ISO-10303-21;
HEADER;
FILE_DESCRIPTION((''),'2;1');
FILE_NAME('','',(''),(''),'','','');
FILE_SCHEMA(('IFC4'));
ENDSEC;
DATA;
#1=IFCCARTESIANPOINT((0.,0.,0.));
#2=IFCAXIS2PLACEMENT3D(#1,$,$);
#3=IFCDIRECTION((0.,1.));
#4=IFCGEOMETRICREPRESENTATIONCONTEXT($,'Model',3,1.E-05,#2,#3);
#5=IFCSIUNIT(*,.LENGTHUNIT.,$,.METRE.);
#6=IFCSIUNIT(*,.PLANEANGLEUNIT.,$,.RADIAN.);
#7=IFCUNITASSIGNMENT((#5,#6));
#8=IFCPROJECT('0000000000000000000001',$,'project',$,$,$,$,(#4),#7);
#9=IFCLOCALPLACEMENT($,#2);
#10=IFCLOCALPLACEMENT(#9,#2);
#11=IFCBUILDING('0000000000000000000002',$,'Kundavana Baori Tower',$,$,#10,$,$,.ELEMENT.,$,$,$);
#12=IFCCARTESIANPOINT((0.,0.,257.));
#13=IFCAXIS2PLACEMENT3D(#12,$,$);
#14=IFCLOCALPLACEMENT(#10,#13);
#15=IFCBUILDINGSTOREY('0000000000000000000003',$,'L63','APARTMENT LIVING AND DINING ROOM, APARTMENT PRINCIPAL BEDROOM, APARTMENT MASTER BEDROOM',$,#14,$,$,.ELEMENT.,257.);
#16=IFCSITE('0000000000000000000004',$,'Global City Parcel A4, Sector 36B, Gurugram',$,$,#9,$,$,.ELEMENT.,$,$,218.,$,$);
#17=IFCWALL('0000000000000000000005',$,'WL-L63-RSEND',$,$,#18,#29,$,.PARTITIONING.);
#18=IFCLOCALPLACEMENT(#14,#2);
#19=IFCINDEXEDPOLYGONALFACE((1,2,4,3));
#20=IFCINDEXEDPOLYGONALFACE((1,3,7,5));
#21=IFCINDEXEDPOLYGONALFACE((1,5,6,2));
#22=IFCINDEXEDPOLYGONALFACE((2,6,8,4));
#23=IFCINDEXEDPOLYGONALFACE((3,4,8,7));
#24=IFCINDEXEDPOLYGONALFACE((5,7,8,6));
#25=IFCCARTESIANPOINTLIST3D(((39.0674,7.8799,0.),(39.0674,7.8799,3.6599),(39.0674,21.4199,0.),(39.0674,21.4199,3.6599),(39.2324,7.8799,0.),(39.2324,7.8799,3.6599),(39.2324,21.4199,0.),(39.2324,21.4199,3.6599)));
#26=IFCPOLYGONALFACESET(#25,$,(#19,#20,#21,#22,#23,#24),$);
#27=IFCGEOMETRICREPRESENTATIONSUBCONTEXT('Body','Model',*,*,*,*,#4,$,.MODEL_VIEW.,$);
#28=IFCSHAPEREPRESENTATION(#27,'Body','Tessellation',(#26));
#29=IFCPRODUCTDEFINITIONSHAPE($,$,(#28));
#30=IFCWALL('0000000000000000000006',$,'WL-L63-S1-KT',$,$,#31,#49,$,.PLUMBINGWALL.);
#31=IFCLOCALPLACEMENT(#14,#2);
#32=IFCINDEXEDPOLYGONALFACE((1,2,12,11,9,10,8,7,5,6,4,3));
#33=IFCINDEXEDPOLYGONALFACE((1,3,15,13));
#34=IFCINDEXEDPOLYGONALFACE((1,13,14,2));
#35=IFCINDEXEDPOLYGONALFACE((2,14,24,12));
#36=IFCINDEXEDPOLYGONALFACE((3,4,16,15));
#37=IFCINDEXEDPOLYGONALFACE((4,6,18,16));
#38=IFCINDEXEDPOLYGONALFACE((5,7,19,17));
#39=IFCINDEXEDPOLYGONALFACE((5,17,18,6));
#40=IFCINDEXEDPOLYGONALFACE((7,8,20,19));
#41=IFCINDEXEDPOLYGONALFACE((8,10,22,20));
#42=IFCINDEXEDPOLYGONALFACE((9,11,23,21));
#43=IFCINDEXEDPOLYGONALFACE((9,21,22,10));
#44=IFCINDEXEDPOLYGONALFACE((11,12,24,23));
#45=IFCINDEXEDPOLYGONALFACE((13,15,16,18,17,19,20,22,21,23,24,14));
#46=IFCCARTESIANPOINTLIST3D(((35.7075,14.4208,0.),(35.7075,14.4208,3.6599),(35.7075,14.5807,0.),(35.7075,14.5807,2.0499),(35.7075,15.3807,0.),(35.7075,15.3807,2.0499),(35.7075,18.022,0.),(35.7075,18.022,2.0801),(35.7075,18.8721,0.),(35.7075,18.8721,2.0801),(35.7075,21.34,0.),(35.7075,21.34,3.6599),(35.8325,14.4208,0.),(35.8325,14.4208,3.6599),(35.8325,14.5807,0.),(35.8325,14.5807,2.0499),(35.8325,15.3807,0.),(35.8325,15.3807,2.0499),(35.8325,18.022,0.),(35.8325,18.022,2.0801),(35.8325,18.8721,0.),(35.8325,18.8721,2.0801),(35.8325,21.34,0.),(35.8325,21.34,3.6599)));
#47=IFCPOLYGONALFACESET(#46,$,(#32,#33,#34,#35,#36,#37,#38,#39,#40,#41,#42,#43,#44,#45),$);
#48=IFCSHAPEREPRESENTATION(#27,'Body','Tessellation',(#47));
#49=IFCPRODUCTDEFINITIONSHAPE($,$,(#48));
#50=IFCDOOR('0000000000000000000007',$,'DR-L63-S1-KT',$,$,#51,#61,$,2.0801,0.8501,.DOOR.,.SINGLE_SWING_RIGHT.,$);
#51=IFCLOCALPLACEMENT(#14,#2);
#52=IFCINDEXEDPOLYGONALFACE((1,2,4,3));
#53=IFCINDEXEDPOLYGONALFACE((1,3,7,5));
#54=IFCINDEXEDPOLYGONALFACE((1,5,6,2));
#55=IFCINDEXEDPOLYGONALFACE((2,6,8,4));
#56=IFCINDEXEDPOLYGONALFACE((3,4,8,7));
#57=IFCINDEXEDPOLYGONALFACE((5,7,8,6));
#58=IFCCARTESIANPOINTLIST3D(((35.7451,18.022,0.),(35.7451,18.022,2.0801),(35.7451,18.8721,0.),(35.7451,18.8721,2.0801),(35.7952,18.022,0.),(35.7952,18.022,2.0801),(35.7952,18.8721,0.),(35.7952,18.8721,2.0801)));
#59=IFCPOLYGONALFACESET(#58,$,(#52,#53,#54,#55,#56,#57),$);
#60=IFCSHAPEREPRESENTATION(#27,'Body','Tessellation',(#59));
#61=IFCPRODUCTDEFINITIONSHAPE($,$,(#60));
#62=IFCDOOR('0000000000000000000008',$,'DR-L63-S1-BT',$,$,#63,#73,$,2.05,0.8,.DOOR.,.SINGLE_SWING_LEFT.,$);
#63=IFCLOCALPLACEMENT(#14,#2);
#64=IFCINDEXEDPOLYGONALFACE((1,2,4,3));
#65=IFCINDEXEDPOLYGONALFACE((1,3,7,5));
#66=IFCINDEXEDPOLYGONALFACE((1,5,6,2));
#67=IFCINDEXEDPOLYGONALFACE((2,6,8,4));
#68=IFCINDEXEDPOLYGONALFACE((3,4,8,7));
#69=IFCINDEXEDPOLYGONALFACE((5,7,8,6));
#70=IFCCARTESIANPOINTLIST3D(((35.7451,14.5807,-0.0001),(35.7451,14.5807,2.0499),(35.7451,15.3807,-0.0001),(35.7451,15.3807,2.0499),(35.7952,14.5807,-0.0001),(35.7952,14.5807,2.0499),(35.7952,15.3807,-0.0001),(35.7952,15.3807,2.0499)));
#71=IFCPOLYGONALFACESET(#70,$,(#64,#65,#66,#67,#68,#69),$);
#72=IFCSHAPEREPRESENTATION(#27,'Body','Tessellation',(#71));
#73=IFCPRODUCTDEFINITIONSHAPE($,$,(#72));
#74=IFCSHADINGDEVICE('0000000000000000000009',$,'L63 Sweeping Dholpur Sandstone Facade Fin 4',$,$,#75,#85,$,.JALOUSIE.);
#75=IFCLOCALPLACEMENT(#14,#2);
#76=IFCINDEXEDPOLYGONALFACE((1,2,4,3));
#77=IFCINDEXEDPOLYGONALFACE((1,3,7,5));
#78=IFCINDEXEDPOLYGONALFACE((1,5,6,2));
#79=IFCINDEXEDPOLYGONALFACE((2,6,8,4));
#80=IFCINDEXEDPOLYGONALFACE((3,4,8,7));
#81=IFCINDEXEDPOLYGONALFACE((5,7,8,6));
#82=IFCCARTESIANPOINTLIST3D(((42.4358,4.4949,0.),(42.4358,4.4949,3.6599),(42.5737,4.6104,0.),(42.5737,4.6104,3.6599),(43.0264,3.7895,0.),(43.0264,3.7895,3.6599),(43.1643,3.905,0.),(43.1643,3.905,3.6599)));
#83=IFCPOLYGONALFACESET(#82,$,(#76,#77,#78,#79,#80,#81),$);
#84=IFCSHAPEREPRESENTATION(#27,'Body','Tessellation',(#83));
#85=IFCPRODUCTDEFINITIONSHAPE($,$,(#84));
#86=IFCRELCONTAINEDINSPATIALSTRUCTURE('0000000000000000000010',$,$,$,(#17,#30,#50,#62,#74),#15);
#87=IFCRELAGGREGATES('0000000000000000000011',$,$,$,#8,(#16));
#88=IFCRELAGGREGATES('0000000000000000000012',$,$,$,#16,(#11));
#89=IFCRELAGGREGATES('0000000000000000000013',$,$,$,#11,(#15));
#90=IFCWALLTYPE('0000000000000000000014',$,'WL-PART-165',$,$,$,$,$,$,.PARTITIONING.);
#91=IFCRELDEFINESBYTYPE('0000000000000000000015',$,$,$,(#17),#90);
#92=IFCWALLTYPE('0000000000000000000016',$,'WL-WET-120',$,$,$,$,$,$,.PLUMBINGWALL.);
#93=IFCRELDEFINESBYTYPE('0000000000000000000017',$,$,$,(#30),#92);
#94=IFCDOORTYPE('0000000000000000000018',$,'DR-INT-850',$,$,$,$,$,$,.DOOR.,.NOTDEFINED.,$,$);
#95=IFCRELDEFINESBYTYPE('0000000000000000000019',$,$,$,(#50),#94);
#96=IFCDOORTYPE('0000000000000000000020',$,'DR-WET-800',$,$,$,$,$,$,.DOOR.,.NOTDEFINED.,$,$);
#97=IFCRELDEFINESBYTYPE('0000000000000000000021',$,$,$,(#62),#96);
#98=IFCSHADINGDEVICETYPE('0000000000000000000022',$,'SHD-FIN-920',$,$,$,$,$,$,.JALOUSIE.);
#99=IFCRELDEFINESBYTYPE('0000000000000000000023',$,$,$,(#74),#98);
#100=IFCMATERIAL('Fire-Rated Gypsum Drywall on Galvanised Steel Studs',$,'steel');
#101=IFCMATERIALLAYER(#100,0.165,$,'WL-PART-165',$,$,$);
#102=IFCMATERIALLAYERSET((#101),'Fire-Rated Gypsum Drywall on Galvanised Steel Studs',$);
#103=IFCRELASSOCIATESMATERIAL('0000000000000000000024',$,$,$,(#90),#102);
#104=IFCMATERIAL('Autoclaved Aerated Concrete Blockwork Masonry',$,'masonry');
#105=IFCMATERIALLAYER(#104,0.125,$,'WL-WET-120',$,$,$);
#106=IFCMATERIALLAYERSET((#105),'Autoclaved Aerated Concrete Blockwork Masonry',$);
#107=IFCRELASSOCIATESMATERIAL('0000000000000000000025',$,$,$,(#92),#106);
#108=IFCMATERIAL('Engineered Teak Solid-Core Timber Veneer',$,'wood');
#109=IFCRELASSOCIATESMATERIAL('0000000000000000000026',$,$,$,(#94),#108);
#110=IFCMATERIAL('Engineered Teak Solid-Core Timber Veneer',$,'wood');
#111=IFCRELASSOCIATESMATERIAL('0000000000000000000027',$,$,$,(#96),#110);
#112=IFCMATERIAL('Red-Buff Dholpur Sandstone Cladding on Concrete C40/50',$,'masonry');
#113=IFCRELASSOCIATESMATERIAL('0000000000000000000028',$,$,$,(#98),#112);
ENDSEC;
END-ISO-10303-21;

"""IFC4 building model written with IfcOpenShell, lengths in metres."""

from ifc_helpers import new_model, si_unit, direction, frame, frame_2d, origin, origin_2d, place, context, subcontext, project, spatial, rectangle, extrude, material, layer, layer_set, type_object, element, fill, save


model = new_model("IFC4")

# Units and contexts
model_context = context("Model", 3, precision=1e-05, world=origin(), true_north=direction((0.0, 1.0)))
body_context = subcontext(model_context, "Body", "Model", "MODEL_VIEW")
ifc_project = project(units=[si_unit("LENGTHUNIT", "METRE"), si_unit("PLANEANGLEUNIT", "RADIAN")], contexts=[model_context])

# Site, building, storey
site_placement = place(None, origin())
site = spatial("IfcSite", under=ifc_project, at=site_placement, Name="Global City Parcel A4, Sector 36B, Gurugram", CompositionType="ELEMENT", RefElevation=218.0)
building_placement = place(site_placement, origin())
building = spatial("IfcBuilding", under=site, at=building_placement, Name="Kundavana Baori Tower", CompositionType="ELEMENT")
storey_placement = place(building_placement, frame((0.0, 0.0, 257.0)))
storey = spatial("IfcBuildingStorey", under=building, at=storey_placement, Name="L63", Description="APARTMENT LIVING AND DINING ROOM, APARTMENT PRINCIPAL BEDROOM, APARTMENT MASTER BEDROOM", CompositionType="ELEMENT", Elevation=257.0)

# Wall
ifc_material_1 = material(Name="Fire-Rated Gypsum Drywall on Galvanised Steel Studs", Category="steel")
ifc_layer_1 = layer(ifc_material_1, 0.165, Name="WL-PART-165")
ifc_layer_set_1 = layer_set([ifc_layer_1], Name="Fire-Rated Gypsum Drywall on Galvanised Steel Studs")
wall_type_1 = type_object("IfcWallType", Name="WL-PART-165", PredefinedType="PARTITIONING", material=ifc_layer_set_1)
wall_1_placement = place(storey_placement, frame((39.1499, 7.8799, 0.0), z_axis=(0.0, 0.0, 1.0), x_axis=(0.0, 1.0, 0.0)))
element("IfcWall", 1, at=wall_1_placement, inside=storey, type_object=wall_type_1, Name="WL-L63-RSEND", PredefinedType="PARTITIONING", context=body_context, shape_type="SweptSolid", body=[
    extrude(rectangle(XDim=13.54, YDim=0.165, at=frame_2d((6.77, 0.0))), origin(), (0.0, 0.0, 1.0), 3.6599),
])

# Wall, openings, doors
ifc_material_2 = material(Name="Autoclaved Aerated Concrete Blockwork Masonry", Category="masonry")
ifc_layer_2 = layer(ifc_material_2, 0.125, Name="WL-WET-120")
ifc_layer_set_2 = layer_set([ifc_layer_2], Name="Autoclaved Aerated Concrete Blockwork Masonry")
wall_type_2 = type_object("IfcWallType", Name="WL-WET-120", PredefinedType="PLUMBINGWALL", material=ifc_layer_set_2)
wall_2_placement = place(storey_placement, frame((35.77, 14.4209, 0.0), z_axis=(0.0, 0.0, 1.0), x_axis=(0.0, 1.0, 0.0)))
wall_2 = element("IfcWall", 2, at=wall_2_placement, inside=storey, type_object=wall_type_2, Name="WL-L63-S1-KT", PredefinedType="PLUMBINGWALL", context=body_context, shape_type="SweptSolid", body=[
    extrude(rectangle(XDim=6.9192, YDim=0.125, at=frame_2d((3.4595, 0.0))), origin(), (0.0, 0.0, 1.0), 3.6599),
])
opening_1_placement = place(wall_2_placement, frame((0.1599, 0.0, 0.0)))
opening_1 = element("IfcOpeningElement", 3, at=opening_1_placement, cuts=wall_2, PredefinedType="OPENING", context=body_context, shape_type="SweptSolid", body=[
    extrude(rectangle(XDim=0.8, YDim=2.05, at=frame_2d((0.3999, 1.0249))), frame((0.0, 0.0725, 0.0), z_axis=(0.0, -1.0, 0.0), x_axis=(1.0, 0.0, 0.0)), (0.0, 0.0, 1.0), 0.145),
])
opening_2_placement = place(wall_2_placement, frame((3.6011, 0.0, 0.0)))
opening_2 = element("IfcOpeningElement", 4, at=opening_2_placement, cuts=wall_2, PredefinedType="OPENING", context=body_context, shape_type="SweptSolid", body=[
    extrude(rectangle(XDim=0.8501, YDim=2.0801, at=frame_2d((0.425, 1.04))), frame((0.0, 0.0725, 0.0), z_axis=(0.0, -1.0, 0.0), x_axis=(1.0, 0.0, 0.0)), (0.0, 0.0, 1.0), 0.145),
])
ifc_material_3 = material(Name="Engineered Teak Solid-Core Timber Veneer", Category="wood")
door_type_1 = type_object("IfcDoorType", Name="DR-INT-850", OperationType="NOTDEFINED", PredefinedType="DOOR", material=ifc_material_3)
door_1_placement = place(opening_2_placement, origin())
door_1 = element("IfcDoor", 5, at=door_1_placement, inside=storey, type_object=door_type_1, Name="DR-L63-S1-KT", OperationType="SINGLE_SWING_RIGHT", OverallHeight=2.0801, OverallWidth=0.8501, PredefinedType="DOOR", context=body_context, shape_type="SweptSolid", body=[
    extrude(rectangle(XDim=0.8501, YDim=2.0801, at=frame_2d((0.425, 1.04))), frame((0.0, 0.0249, 0.0), z_axis=(0.0, -1.0, 0.0), x_axis=(1.0, 0.0, 0.0)), (0.0, 0.0, 1.0), 0.05),
])
fill(opening_2, door_1)
ifc_material_4 = material(Name="Engineered Teak Solid-Core Timber Veneer", Category="wood")
door_type_2 = type_object("IfcDoorType", Name="DR-WET-800", OperationType="NOTDEFINED", PredefinedType="DOOR", material=ifc_material_4)
door_2_placement = place(opening_1_placement, origin())
door_2 = element("IfcDoor", 6, at=door_2_placement, inside=storey, type_object=door_type_2, Name="DR-L63-S1-BT", OperationType="SINGLE_SWING_LEFT", OverallHeight=2.05, OverallWidth=0.8, PredefinedType="DOOR", context=body_context, shape_type="SweptSolid", body=[
    extrude(rectangle(XDim=0.8, YDim=2.05, at=frame_2d((0.3999, 1.0249))), frame((0.0, 0.0249, 0.0), z_axis=(0.0, -1.0, 0.0), x_axis=(1.0, 0.0, 0.0)), (0.0, 0.0, 1.0), 0.05),
])
fill(opening_1, door_2)

# Shading device
ifc_material_5 = material(Name="Red-Buff Dholpur Sandstone Cladding on Concrete C40/50", Category="masonry")
shading_device_type = type_object("IfcShadingDeviceType", Name="SHD-FIN-920", PredefinedType="JALOUSIE", material=ifc_material_5)
shading_device_placement = place(storey_placement, frame((42.8, 4.2, 0.0), z_axis=(0.0, 0.0, 1.0), x_axis=(0.766717, 0.641985, 0.0)))
element("IfcShadingDevice", 7, at=shading_device_placement, inside=storey, type_object=shading_device_type, Name="L63 Sweeping Dholpur Sandstone Facade Fin 4", PredefinedType="JALOUSIE", context=body_context, shape_type="SweptSolid", body=[
    extrude(rectangle(XDim=0.1799, YDim=0.9199, at=origin_2d()), origin(), (0.0, 0.0, 1.0), 3.6599),
])

save(model, "model.ifc")
